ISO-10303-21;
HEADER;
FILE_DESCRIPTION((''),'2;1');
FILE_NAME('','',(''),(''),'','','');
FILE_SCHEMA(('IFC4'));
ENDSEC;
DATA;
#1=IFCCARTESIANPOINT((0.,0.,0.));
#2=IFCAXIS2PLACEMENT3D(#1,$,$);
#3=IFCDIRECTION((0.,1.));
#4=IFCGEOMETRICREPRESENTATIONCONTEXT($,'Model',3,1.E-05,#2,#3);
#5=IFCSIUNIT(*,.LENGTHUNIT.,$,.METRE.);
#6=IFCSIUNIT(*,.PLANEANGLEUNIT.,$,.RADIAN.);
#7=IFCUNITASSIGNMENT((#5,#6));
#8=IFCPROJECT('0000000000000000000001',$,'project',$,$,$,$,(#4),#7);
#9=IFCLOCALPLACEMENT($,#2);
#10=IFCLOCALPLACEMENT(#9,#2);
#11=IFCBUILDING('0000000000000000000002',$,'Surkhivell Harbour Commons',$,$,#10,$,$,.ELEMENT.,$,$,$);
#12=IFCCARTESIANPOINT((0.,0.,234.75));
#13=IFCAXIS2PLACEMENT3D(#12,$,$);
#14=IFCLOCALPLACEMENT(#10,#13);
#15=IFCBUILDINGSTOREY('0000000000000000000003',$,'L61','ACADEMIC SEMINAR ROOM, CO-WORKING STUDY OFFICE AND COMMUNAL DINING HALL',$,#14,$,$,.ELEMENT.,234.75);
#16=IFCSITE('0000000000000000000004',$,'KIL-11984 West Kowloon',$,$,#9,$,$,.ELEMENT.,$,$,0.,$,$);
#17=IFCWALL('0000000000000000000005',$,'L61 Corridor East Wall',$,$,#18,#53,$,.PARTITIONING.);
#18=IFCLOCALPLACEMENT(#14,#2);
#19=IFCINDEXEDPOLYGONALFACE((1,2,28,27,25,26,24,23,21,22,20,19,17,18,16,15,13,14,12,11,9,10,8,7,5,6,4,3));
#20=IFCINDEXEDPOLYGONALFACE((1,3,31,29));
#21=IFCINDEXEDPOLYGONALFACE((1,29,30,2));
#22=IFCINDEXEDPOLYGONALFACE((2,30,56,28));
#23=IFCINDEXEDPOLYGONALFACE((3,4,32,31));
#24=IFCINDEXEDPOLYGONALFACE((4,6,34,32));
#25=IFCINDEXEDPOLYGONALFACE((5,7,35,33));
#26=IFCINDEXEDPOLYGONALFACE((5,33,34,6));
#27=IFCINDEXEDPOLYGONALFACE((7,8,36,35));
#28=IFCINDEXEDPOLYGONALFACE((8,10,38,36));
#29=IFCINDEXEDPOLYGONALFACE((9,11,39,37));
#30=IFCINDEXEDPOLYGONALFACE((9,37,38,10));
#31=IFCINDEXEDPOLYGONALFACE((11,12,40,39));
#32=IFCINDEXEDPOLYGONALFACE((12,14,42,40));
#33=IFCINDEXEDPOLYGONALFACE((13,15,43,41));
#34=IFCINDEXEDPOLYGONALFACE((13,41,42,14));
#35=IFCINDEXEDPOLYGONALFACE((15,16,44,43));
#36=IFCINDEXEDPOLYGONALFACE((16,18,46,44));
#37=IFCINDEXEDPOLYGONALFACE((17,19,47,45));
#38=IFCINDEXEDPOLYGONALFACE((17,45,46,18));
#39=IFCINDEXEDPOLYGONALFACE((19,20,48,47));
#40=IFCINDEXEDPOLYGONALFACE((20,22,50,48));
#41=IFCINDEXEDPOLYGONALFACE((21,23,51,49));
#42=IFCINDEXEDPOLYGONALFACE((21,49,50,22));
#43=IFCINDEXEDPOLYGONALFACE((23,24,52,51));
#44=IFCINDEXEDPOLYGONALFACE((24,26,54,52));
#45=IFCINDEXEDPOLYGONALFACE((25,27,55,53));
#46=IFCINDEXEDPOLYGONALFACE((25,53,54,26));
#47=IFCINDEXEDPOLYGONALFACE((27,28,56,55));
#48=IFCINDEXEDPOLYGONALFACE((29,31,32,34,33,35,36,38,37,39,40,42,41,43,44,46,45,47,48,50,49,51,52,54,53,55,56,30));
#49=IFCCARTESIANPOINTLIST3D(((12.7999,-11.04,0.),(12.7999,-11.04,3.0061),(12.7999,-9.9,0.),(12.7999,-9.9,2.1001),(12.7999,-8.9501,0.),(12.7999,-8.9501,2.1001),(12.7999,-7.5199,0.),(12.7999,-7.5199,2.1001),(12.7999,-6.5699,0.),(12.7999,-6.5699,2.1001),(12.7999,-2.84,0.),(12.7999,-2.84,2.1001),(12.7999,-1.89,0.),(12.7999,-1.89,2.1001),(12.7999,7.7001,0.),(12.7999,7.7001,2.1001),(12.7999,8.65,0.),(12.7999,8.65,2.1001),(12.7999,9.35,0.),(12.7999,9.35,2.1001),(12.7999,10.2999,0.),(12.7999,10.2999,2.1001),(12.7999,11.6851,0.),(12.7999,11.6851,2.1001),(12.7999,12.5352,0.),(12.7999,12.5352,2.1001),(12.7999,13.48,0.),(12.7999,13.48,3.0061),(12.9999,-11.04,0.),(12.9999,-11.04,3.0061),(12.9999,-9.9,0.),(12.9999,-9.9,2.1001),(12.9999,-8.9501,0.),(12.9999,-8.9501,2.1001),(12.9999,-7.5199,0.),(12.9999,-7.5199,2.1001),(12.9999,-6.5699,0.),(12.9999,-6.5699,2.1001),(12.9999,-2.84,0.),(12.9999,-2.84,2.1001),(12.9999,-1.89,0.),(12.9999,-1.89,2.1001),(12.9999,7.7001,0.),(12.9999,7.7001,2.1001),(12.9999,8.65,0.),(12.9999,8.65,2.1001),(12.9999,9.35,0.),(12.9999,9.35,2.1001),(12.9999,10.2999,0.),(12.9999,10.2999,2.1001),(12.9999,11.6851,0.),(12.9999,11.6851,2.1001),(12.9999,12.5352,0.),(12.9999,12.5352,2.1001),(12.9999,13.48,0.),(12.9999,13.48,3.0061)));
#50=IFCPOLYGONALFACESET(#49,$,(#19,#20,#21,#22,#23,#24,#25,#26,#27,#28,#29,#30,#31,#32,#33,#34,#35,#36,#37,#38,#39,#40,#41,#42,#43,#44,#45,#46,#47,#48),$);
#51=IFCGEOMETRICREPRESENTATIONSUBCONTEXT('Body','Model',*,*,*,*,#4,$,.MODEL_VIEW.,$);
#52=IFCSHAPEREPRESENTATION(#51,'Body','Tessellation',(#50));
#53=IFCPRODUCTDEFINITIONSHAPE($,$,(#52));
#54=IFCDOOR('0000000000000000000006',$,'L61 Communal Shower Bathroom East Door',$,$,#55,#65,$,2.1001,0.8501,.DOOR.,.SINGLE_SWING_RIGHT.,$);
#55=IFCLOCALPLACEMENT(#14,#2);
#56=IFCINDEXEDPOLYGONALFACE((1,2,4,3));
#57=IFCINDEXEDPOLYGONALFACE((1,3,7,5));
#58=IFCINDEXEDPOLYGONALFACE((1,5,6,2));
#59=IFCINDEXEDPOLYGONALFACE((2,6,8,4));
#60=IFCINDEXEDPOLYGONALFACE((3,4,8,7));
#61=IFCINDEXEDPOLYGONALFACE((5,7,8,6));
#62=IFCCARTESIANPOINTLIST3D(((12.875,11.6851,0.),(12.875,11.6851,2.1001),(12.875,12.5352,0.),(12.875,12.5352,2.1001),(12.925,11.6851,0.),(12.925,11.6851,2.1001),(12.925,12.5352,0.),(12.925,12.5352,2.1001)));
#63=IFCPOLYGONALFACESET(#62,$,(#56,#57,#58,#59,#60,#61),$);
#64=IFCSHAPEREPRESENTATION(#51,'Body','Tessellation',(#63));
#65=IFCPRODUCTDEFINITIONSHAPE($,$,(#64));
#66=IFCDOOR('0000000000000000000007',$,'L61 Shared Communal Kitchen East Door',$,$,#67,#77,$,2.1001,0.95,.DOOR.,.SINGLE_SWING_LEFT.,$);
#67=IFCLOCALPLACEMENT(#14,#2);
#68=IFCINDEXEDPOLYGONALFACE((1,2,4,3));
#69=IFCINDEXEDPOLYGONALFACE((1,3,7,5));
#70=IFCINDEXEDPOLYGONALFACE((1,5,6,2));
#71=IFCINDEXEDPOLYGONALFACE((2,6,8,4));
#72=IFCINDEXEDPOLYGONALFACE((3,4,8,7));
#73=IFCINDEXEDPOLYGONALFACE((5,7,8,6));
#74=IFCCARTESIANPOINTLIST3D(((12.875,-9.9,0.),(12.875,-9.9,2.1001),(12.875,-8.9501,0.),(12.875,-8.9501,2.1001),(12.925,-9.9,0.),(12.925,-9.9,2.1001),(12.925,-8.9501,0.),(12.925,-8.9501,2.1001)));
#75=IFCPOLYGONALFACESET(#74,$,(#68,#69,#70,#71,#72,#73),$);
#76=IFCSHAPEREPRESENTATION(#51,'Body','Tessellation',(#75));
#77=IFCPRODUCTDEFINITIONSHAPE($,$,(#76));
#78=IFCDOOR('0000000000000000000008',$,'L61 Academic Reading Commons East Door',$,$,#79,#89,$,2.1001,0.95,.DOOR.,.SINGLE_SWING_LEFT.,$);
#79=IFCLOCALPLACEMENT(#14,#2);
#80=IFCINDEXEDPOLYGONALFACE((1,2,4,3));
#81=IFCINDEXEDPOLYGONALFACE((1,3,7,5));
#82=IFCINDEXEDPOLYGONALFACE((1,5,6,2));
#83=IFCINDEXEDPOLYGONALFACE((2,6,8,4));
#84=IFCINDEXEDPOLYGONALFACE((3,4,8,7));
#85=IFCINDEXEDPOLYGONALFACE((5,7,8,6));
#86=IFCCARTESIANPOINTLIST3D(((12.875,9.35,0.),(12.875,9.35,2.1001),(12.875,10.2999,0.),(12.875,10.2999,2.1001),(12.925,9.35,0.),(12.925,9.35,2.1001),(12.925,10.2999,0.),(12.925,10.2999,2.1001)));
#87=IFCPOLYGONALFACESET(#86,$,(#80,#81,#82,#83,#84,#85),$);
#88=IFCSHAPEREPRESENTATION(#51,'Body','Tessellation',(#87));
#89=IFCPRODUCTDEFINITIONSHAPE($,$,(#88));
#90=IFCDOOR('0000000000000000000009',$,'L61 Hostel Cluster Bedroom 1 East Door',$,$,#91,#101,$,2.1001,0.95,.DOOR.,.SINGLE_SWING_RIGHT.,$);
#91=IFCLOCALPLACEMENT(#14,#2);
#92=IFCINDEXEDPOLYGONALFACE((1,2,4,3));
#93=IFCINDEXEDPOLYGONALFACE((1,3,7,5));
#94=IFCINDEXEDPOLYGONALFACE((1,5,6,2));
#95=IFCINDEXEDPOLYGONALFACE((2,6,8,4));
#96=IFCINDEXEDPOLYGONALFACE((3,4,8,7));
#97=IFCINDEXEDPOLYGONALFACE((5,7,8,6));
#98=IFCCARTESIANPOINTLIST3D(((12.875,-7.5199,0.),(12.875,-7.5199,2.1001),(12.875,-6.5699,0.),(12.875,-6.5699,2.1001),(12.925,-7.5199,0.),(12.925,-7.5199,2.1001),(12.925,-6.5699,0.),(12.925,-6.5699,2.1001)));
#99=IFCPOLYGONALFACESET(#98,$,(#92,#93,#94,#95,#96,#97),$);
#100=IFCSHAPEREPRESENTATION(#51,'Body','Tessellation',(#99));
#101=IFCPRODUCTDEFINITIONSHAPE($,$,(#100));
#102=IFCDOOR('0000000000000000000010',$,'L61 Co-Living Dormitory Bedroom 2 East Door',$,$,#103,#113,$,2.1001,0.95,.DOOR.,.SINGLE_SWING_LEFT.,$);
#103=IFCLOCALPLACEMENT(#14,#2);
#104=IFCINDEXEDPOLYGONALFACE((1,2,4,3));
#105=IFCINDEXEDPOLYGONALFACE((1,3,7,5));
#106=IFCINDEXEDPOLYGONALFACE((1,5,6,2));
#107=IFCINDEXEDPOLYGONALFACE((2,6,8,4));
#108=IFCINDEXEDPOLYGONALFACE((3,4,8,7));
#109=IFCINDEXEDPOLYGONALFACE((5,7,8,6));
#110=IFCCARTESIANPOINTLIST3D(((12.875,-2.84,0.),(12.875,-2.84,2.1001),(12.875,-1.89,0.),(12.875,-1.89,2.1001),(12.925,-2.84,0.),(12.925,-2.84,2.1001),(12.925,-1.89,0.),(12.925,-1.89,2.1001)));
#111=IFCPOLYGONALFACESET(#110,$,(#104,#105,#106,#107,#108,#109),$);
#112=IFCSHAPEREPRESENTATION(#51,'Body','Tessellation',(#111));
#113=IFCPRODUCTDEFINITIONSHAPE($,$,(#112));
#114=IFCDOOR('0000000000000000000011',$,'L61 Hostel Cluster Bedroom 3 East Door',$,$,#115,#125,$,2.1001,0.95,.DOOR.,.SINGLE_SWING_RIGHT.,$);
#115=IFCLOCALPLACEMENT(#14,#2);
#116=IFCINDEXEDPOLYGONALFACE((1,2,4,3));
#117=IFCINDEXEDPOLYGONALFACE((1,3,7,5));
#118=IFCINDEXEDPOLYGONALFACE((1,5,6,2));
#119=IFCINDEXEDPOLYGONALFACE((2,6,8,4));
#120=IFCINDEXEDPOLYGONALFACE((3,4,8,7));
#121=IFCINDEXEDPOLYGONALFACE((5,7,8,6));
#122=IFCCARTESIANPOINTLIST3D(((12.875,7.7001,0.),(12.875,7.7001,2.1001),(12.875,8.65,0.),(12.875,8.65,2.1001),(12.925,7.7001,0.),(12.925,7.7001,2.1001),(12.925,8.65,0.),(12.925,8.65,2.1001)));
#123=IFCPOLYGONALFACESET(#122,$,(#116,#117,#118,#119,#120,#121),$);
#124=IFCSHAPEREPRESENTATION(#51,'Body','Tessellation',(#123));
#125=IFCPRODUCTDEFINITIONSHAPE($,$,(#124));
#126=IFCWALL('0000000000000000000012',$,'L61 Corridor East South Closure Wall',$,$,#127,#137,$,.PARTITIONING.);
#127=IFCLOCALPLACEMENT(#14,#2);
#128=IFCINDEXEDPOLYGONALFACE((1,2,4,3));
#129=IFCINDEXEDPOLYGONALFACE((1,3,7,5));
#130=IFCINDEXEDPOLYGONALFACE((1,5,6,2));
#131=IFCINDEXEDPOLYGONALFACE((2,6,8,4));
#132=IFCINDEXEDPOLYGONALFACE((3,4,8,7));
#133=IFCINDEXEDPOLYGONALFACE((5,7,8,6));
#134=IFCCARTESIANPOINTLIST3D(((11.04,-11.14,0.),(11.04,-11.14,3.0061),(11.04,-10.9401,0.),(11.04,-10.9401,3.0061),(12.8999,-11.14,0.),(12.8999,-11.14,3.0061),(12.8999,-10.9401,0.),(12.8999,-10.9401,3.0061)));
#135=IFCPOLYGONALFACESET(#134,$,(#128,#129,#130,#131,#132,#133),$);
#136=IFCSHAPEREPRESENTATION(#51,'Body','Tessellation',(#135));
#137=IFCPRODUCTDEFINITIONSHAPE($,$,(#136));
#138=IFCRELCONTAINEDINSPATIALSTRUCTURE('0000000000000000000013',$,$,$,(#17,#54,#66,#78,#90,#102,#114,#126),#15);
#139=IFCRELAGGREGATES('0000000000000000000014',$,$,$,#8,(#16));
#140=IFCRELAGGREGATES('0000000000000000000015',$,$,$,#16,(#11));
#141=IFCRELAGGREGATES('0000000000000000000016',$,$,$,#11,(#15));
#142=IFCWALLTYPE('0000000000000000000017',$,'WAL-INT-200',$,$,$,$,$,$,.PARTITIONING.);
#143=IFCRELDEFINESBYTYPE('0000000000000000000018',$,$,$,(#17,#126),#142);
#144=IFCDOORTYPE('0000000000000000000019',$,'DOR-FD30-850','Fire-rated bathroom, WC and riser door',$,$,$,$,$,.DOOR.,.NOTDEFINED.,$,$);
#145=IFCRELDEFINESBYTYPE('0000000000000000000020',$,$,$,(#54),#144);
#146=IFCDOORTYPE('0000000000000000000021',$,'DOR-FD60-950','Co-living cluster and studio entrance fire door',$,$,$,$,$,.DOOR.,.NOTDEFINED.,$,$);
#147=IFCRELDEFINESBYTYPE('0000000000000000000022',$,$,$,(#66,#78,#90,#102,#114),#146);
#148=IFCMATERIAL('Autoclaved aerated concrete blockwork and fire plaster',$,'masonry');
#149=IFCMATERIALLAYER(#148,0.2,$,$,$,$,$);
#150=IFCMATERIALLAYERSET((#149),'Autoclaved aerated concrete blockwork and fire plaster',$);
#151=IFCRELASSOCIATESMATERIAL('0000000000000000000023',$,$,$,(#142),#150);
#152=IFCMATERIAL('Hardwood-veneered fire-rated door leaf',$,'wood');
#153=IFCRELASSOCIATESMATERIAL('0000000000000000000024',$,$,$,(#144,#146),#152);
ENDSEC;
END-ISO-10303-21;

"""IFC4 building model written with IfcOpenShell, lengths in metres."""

from ifc_helpers import new_model, si_unit, direction, frame, frame_2d, origin, place, context, subcontext, project, spatial, rectangle, extrude, material, layer, layer_set, type_object, element, fill, save


model = new_model("IFC4")

# Units and contexts
model_context = context("Model", 3, precision=1e-05, world=origin(), true_north=direction((0.0, 1.0)))
body_context = subcontext(model_context, "Body", "Model", "MODEL_VIEW")
ifc_project = project(units=[si_unit("LENGTHUNIT", "METRE"), si_unit("PLANEANGLEUNIT", "RADIAN")], contexts=[model_context])

# Site, building, storey
site_placement = place(None, origin())
site = spatial("IfcSite", under=ifc_project, at=site_placement, Name="KIL-11984 West Kowloon", CompositionType="ELEMENT", RefElevation=0.0)
building_placement = place(site_placement, origin())
building = spatial("IfcBuilding", under=site, at=building_placement, Name="Surkhivell Harbour Commons", CompositionType="ELEMENT")
storey_placement = place(building_placement, frame((0.0, 0.0, 234.75)))
storey = spatial("IfcBuildingStorey", under=building, at=storey_placement, Name="L61", Description="ACADEMIC SEMINAR ROOM, CO-WORKING STUDY OFFICE AND COMMUNAL DINING HALL", CompositionType="ELEMENT", Elevation=234.75)

# Wall, openings, doors
ifc_material_1 = material(Name="Autoclaved aerated concrete blockwork and fire plaster", Category="masonry")
ifc_layer_1 = layer(ifc_material_1, 0.2)
ifc_layer_set_1 = layer_set([ifc_layer_1], Name="Autoclaved aerated concrete blockwork and fire plaster")
wall_type_1 = type_object("IfcWallType", Name="WAL-INT-200", PredefinedType="PARTITIONING", material=ifc_layer_set_1)
wall_1_placement = place(storey_placement, frame((12.8999, -11.04, 0.0), z_axis=(0.0, 0.0, 1.0), x_axis=(0.0, 1.0, 0.0)))
wall_1 = element("IfcWall", 1, at=wall_1_placement, inside=storey, type_object=wall_type_1, Name="L61 Corridor East Wall", PredefinedType="PARTITIONING", context=body_context, shape_type="SweptSolid", body=[
    extrude(rectangle(XDim=24.52, YDim=0.2, at=frame_2d((12.26, 0.0))), origin(), (0.0, 0.0, 1.0), 3.0061),
])
opening_1_placement = place(wall_1_placement, frame((1.1399, 0.0, 0.0)))
opening_1 = element("IfcOpeningElement", 2, at=opening_1_placement, cuts=wall_1, PredefinedType="OPENING", context=body_context, shape_type="SweptSolid", body=[
    extrude(rectangle(XDim=0.95, YDim=2.1001, at=frame_2d((0.4751, 1.05))), frame((0.0, 0.1099, 0.0), z_axis=(0.0, -1.0, 0.0), x_axis=(1.0, 0.0, 0.0)), (0.0, 0.0, 1.0), 0.22),
])
opening_2_placement = place(wall_1_placement, frame((22.7251, 0.0, 0.0)))
opening_2 = element("IfcOpeningElement", 3, at=opening_2_placement, cuts=wall_1, PredefinedType="OPENING", context=body_context, shape_type="SweptSolid", body=[
    extrude(rectangle(XDim=0.8501, YDim=2.1001, at=frame_2d((0.425, 1.05))), frame((0.0, 0.1099, 0.0), z_axis=(0.0, -1.0, 0.0), x_axis=(1.0, 0.0, 0.0)), (0.0, 0.0, 1.0), 0.22),
])
opening_3_placement = place(wall_1_placement, frame((20.3899, 0.0, 0.0)))
opening_3 = element("IfcOpeningElement", 4, at=opening_3_placement, cuts=wall_1, PredefinedType="OPENING", context=body_context, shape_type="SweptSolid", body=[
    extrude(rectangle(XDim=0.95, YDim=2.1001, at=frame_2d((0.4751, 1.05))), frame((0.0, 0.1099, 0.0), z_axis=(0.0, -1.0, 0.0), x_axis=(1.0, 0.0, 0.0)), (0.0, 0.0, 1.0), 0.22),
])
opening_4_placement = place(wall_1_placement, frame((3.52, 0.0, 0.0)))
opening_4 = element("IfcOpeningElement", 5, at=opening_4_placement, cuts=wall_1, PredefinedType="OPENING", context=body_context, shape_type="SweptSolid", body=[
    extrude(rectangle(XDim=0.95, YDim=2.1001, at=frame_2d((0.4751, 1.05))), frame((0.0, 0.1099, 0.0), z_axis=(0.0, -1.0, 0.0), x_axis=(1.0, 0.0, 0.0)), (0.0, 0.0, 1.0), 0.22),
])
opening_5_placement = place(wall_1_placement, frame((8.2, 0.0, 0.0)))
opening_5 = element("IfcOpeningElement", 6, at=opening_5_placement, cuts=wall_1, PredefinedType="OPENING", context=body_context, shape_type="SweptSolid", body=[
    extrude(rectangle(XDim=0.95, YDim=2.1001, at=frame_2d((0.4751, 1.05))), frame((0.0, 0.1099, 0.0), z_axis=(0.0, -1.0, 0.0), x_axis=(1.0, 0.0, 0.0)), (0.0, 0.0, 1.0), 0.22),
])
opening_6_placement = place(wall_1_placement, frame((18.74, 0.0, 0.0)))
opening_6 = element("IfcOpeningElement", 7, at=opening_6_placement, cuts=wall_1, PredefinedType="OPENING", context=body_context, shape_type="SweptSolid", body=[
    extrude(rectangle(XDim=0.95, YDim=2.1001, at=frame_2d((0.4751, 1.05))), frame((0.0, 0.1099, 0.0), z_axis=(0.0, -1.0, 0.0), x_axis=(1.0, 0.0, 0.0)), (0.0, 0.0, 1.0), 0.22),
])
ifc_material_2 = material(Name="Hardwood-veneered fire-rated door leaf", Category="wood")
door_type_1 = type_object("IfcDoorType", Name="DOR-FD30-850", Description="Fire-rated bathroom, WC and riser door", OperationType="NOTDEFINED", PredefinedType="DOOR", material=ifc_material_2)
door_1_placement = place(opening_2_placement, origin())
door_1 = element("IfcDoor", 8, at=door_1_placement, inside=storey, type_object=door_type_1, Name="L61 Communal Shower Bathroom East Door", OperationType="SINGLE_SWING_RIGHT", OverallHeight=2.1001, OverallWidth=0.8501, PredefinedType="DOOR", context=body_context, shape_type="SweptSolid", body=[
    extrude(rectangle(XDim=0.8501, YDim=2.1001, at=frame_2d((0.425, 1.05))), frame((0.0, 0.0249, 0.0), z_axis=(0.0, -1.0, 0.0), x_axis=(1.0, 0.0, 0.0)), (0.0, 0.0, 1.0), 0.05),
])
fill(opening_2, door_1)
door_type_2 = type_object("IfcDoorType", Name="DOR-FD60-950", Description="Co-living cluster and studio entrance fire door", OperationType="NOTDEFINED", PredefinedType="DOOR", material=ifc_material_2)
door_2_placement = place(opening_1_placement, origin())
door_2 = element("IfcDoor", 9, at=door_2_placement, inside=storey, type_object=door_type_2, Name="L61 Shared Communal Kitchen East Door", OperationType="SINGLE_SWING_LEFT", OverallHeight=2.1001, OverallWidth=0.95, PredefinedType="DOOR", context=body_context, shape_type="SweptSolid", body=[
    extrude(rectangle(XDim=0.95, YDim=2.1001, at=frame_2d((0.4751, 1.05))), frame((0.0, 0.0249, 0.0), z_axis=(0.0, -1.0, 0.0), x_axis=(1.0, 0.0, 0.0)), (0.0, 0.0, 1.0), 0.05),
])
fill(opening_1, door_2)
door_3_placement = place(opening_3_placement, origin())
door_3 = element("IfcDoor", 10, at=door_3_placement, inside=storey, type_object=door_type_2, Name="L61 Academic Reading Commons East Door", OperationType="SINGLE_SWING_LEFT", OverallHeight=2.1001, OverallWidth=0.95, PredefinedType="DOOR", context=body_context, shape_type="SweptSolid", body=[
    extrude(rectangle(XDim=0.95, YDim=2.1001, at=frame_2d((0.4751, 1.05))), frame((0.0, 0.0249, 0.0), z_axis=(0.0, -1.0, 0.0), x_axis=(1.0, 0.0, 0.0)), (0.0, 0.0, 1.0), 0.05),
])
fill(opening_3, door_3)
door_4_placement = place(opening_4_placement, origin())
door_4 = element("IfcDoor", 11, at=door_4_placement, inside=storey, type_object=door_type_2, Name="L61 Hostel Cluster Bedroom 1 East Door", OperationType="SINGLE_SWING_RIGHT", OverallHeight=2.1001, OverallWidth=0.95, PredefinedType="DOOR", context=body_context, shape_type="SweptSolid", body=[
    extrude(rectangle(XDim=0.95, YDim=2.1001, at=frame_2d((0.4751, 1.05))), frame((0.0, 0.0249, 0.0), z_axis=(0.0, -1.0, 0.0), x_axis=(1.0, 0.0, 0.0)), (0.0, 0.0, 1.0), 0.05),
])
fill(opening_4, door_4)
door_5_placement = place(opening_5_placement, origin())
door_5 = element("IfcDoor", 12, at=door_5_placement, inside=storey, type_object=door_type_2, Name="L61 Co-Living Dormitory Bedroom 2 East Door", OperationType="SINGLE_SWING_LEFT", OverallHeight=2.1001, OverallWidth=0.95, PredefinedType="DOOR", context=body_context, shape_type="SweptSolid", body=[
    extrude(rectangle(XDim=0.95, YDim=2.1001, at=frame_2d((0.4751, 1.05))), frame((0.0, 0.0249, 0.0), z_axis=(0.0, -1.0, 0.0), x_axis=(1.0, 0.0, 0.0)), (0.0, 0.0, 1.0), 0.05),
])
fill(opening_5, door_5)
door_6_placement = place(opening_6_placement, origin())
door_6 = element("IfcDoor", 13, at=door_6_placement, inside=storey, type_object=door_type_2, Name="L61 Hostel Cluster Bedroom 3 East Door", OperationType="SINGLE_SWING_RIGHT", OverallHeight=2.1001, OverallWidth=0.95, PredefinedType="DOOR", context=body_context, shape_type="SweptSolid", body=[
    extrude(rectangle(XDim=0.95, YDim=2.1001, at=frame_2d((0.4751, 1.05))), frame((0.0, 0.0249, 0.0), z_axis=(0.0, -1.0, 0.0), x_axis=(1.0, 0.0, 0.0)), (0.0, 0.0, 1.0), 0.05),
])
fill(opening_6, door_6)

# Wall
wall_2_placement = place(storey_placement, frame((11.04, -11.04, 0.0), z_axis=(0.0, 0.0, 1.0), x_axis=(1.0, 0.0, 0.0)))
element("IfcWall", 14, at=wall_2_placement, inside=storey, type_object=wall_type_1, Name="L61 Corridor East South Closure Wall", PredefinedType="PARTITIONING", context=body_context, shape_type="SweptSolid", body=[
    extrude(rectangle(XDim=1.8599, YDim=0.2, at=frame_2d((0.9299, 0.0))), origin(), (0.0, 0.0, 1.0), 3.0061),
])

save(model, "model.ifc")
